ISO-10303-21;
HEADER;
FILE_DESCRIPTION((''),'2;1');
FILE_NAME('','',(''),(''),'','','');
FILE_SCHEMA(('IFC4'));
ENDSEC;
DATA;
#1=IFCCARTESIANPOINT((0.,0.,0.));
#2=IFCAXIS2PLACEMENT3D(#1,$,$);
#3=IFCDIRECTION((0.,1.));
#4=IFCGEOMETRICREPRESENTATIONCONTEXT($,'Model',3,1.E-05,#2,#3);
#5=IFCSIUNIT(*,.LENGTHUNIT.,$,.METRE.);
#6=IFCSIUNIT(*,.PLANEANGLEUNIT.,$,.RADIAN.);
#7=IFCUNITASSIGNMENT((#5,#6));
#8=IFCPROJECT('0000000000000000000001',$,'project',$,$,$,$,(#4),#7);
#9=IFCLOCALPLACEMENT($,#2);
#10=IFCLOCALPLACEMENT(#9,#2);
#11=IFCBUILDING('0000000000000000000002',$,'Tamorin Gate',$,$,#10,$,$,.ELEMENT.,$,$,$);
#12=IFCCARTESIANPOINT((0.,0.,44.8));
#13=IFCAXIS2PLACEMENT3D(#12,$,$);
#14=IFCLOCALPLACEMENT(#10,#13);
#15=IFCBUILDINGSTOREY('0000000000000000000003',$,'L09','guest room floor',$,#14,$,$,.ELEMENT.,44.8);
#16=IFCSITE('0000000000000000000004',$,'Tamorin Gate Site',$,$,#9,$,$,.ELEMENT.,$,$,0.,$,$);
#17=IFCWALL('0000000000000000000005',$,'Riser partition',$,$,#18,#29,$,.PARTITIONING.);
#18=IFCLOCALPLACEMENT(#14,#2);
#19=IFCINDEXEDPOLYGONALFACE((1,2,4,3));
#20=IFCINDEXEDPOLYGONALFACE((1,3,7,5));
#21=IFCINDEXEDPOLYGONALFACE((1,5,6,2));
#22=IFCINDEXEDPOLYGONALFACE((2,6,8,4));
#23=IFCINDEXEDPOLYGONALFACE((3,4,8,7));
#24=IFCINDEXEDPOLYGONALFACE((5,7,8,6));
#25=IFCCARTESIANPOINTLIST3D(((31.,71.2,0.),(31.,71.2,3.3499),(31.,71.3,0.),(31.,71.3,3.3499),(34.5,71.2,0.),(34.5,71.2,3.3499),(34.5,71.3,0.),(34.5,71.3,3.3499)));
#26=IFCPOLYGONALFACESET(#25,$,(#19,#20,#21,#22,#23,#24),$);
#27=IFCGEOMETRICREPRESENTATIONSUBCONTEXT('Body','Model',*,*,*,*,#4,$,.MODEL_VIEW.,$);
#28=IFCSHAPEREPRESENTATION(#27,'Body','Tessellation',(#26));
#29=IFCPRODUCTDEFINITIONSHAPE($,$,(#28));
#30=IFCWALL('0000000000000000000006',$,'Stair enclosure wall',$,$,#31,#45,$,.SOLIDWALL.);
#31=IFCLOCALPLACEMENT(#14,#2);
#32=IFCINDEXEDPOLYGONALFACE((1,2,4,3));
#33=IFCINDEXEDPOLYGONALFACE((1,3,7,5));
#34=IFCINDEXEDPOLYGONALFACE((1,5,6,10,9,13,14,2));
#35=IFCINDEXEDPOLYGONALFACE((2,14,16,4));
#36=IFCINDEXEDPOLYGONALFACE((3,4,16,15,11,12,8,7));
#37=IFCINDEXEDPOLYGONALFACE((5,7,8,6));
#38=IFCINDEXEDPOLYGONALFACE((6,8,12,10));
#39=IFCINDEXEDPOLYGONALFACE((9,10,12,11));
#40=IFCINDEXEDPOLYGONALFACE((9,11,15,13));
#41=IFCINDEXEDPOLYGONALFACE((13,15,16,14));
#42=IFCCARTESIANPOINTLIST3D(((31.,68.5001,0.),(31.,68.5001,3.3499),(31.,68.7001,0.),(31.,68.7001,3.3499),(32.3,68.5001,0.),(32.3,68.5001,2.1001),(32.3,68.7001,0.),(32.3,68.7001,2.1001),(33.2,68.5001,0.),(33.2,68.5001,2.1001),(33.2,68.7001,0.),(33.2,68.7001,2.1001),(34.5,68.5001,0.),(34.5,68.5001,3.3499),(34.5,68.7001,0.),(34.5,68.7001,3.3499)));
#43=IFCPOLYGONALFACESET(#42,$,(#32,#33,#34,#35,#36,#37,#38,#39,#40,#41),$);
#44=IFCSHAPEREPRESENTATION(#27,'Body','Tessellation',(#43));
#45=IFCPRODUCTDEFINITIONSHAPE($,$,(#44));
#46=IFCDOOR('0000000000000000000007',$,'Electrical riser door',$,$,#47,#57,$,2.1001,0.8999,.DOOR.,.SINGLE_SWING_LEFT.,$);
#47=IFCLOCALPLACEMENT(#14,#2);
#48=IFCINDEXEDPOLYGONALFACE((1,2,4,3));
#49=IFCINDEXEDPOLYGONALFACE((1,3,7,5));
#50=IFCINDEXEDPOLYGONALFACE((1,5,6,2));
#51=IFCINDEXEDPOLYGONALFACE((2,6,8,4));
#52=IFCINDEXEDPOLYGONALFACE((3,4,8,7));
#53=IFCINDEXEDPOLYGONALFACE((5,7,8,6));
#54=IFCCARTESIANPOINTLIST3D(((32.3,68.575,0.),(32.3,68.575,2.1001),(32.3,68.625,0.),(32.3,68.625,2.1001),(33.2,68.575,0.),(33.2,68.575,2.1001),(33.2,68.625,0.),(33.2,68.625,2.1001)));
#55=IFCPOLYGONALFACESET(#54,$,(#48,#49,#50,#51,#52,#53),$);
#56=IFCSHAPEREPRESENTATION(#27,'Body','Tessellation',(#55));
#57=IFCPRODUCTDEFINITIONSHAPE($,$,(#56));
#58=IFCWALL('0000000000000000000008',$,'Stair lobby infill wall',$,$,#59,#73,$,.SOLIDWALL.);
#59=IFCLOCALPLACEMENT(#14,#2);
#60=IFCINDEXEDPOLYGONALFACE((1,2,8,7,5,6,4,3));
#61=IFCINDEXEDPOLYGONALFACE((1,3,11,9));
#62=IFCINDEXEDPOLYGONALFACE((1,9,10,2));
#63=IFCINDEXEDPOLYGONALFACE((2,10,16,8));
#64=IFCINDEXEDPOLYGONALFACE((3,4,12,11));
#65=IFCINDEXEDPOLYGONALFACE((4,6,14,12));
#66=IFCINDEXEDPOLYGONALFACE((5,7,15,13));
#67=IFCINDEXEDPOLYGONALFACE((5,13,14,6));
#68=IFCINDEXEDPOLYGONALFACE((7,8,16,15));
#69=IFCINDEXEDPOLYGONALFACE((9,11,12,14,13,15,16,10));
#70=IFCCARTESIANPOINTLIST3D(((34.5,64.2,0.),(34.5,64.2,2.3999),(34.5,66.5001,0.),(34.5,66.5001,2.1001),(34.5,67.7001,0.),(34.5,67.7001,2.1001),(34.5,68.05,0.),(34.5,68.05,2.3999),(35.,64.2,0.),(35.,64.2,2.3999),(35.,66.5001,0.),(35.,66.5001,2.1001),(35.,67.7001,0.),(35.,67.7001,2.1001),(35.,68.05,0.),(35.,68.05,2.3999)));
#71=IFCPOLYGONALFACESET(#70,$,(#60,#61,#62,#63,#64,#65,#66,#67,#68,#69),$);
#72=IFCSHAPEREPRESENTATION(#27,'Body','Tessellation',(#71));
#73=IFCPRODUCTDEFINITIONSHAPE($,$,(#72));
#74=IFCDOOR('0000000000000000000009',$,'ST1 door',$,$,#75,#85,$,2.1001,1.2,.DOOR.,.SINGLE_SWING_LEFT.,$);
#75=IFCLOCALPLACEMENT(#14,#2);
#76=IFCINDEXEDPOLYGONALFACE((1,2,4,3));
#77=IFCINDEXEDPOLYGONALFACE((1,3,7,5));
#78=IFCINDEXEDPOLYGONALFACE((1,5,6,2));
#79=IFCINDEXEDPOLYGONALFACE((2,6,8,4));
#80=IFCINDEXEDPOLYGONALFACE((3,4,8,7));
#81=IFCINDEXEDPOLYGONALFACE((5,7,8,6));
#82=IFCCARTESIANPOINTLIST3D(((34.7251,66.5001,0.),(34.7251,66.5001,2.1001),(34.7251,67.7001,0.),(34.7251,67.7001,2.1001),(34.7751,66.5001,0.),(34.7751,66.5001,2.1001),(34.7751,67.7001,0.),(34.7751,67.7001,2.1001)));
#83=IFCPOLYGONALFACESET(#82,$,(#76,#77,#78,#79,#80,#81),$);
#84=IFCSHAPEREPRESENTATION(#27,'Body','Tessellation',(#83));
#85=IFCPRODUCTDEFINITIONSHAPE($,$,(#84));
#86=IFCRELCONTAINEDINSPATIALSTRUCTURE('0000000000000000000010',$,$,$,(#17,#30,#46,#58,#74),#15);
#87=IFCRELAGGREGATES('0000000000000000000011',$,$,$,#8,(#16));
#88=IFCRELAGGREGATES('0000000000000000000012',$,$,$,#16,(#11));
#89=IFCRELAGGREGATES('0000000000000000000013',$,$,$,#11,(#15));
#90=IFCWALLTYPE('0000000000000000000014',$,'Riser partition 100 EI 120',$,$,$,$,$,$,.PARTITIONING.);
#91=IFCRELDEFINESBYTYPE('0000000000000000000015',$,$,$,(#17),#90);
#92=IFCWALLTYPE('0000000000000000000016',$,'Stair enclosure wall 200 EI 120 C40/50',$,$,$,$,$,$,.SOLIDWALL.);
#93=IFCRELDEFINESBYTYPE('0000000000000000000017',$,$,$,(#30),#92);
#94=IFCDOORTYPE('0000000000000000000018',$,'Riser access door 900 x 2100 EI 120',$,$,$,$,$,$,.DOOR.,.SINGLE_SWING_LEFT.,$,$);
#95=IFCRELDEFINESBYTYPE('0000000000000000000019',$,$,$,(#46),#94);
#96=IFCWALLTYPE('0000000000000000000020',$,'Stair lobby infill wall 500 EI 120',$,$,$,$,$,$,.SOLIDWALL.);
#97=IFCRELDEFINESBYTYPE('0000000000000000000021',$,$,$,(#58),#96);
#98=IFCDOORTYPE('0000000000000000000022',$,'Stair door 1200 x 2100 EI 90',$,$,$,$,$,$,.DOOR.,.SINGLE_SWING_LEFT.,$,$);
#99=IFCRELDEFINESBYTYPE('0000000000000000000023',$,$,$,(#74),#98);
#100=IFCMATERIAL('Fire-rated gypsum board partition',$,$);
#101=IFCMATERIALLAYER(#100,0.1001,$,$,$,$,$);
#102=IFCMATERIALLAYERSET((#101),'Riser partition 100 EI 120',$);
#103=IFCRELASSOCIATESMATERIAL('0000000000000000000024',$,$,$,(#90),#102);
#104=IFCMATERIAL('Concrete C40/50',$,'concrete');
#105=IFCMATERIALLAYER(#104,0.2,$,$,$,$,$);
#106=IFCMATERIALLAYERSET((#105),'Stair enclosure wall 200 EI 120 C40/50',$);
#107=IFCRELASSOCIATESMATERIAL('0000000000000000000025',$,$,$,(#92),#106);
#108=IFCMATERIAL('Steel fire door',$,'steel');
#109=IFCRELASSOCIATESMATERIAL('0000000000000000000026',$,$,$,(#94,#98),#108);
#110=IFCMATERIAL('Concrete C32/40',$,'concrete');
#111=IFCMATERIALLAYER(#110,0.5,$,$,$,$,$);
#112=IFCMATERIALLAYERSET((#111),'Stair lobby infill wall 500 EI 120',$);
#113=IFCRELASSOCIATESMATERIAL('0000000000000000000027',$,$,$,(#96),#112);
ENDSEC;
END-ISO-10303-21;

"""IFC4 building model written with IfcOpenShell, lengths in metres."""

from ifc_helpers import new_model, si_unit, direction, frame, frame_2d, origin, place, context, subcontext, project, spatial, rectangle, extrude, material, layer, layer_set, type_object, element, fill, save


model = new_model("IFC4")

# Units and contexts
model_context = context("Model", 3, precision=1e-05, world=origin(), true_north=direction((0.0, 1.0)))
body_context = subcontext(model_context, "Body", "Model", "MODEL_VIEW")
ifc_project = project(units=[si_unit("LENGTHUNIT", "METRE"), si_unit("PLANEANGLEUNIT", "RADIAN")], contexts=[model_context])

# Site, building, storey
site_placement = place(None, origin())
site = spatial("IfcSite", under=ifc_project, at=site_placement, Name="Tamorin Gate Site", CompositionType="ELEMENT", RefElevation=0.0)
building_placement = place(site_placement, origin())
building = spatial("IfcBuilding", under=site, at=building_placement, Name="Tamorin Gate", CompositionType="ELEMENT")
storey_placement = place(building_placement, frame((0.0, 0.0, 44.8)))
storey = spatial("IfcBuildingStorey", under=building, at=storey_placement, Name="L09", Description="guest room floor", CompositionType="ELEMENT", Elevation=44.8)

# Shared definitions
ifc_material_1 = material(Name="Concrete C32/40", Category="concrete")

# Wall
ifc_material_2 = material(Name="Fire-rated gypsum board partition")
ifc_layer_1 = layer(ifc_material_2, 0.1001)
ifc_layer_set_1 = layer_set([ifc_layer_1], Name="Riser partition 100 EI 120")
wall_type_1 = type_object("IfcWallType", Name="Riser partition 100 EI 120", PredefinedType="PARTITIONING", material=ifc_layer_set_1)
wall_1_placement = place(storey_placement, frame((31.0, 71.25, 0.0), z_axis=(0.0, 0.0, 1.0), x_axis=(1.0, 0.0, 0.0)))
element("IfcWall", 1, at=wall_1_placement, inside=storey, type_object=wall_type_1, Name="Riser partition", PredefinedType="PARTITIONING", context=body_context, shape_type="SweptSolid", body=[
    extrude(rectangle(XDim=3.5, YDim=0.1001, at=frame_2d((1.75, 0.0))), origin(), (0.0, 0.0, 1.0), 3.3499),
])

# Walls, openings, doors
ifc_material_3 = material(Name="Concrete C40/50", Category="concrete")
ifc_layer_2 = layer(ifc_material_3, 0.2)
ifc_layer_set_2 = layer_set([ifc_layer_2], Name="Stair enclosure wall 200 EI 120 C40/50")
wall_type_2 = type_object("IfcWallType", Name="Stair enclosure wall 200 EI 120 C40/50", PredefinedType="SOLIDWALL", material=ifc_layer_set_2)
wall_2_placement = place(storey_placement, frame((31.0, 68.6001, 0.0), z_axis=(0.0, 0.0, 1.0), x_axis=(1.0, 0.0, 0.0)))
wall_2 = element("IfcWall", 2, at=wall_2_placement, inside=storey, type_object=wall_type_2, Name="Stair enclosure wall", PredefinedType="SOLIDWALL", context=body_context, shape_type="SweptSolid", body=[
    extrude(rectangle(XDim=3.5, YDim=0.2, at=frame_2d((1.75, 0.0))), origin(), (0.0, 0.0, 1.0), 3.3499),
])
opening_1_placement = place(wall_2_placement, frame((1.3, 0.0, 0.0)))
opening_1 = element("IfcOpeningElement", 3, at=opening_1_placement, cuts=wall_2, PredefinedType="OPENING", context=body_context, shape_type="SweptSolid", body=[
    extrude(rectangle(XDim=0.8999, YDim=2.1001, at=frame_2d((0.45, 1.05))), frame((0.0, 0.1099, 0.0), z_axis=(0.0, -1.0, 0.0), x_axis=(1.0, 0.0, 0.0)), (0.0, 0.0, 1.0), 0.22),
])
ifc_material_4 = material(Name="Steel fire door", Category="steel")
door_type_1 = type_object("IfcDoorType", Name="Riser access door 900 x 2100 EI 120", OperationType="SINGLE_SWING_LEFT", PredefinedType="DOOR", material=ifc_material_4)
door_1_placement = place(opening_1_placement, origin())
door_1 = element("IfcDoor", 4, at=door_1_placement, inside=storey, type_object=door_type_1, Name="Electrical riser door", OperationType="SINGLE_SWING_LEFT", OverallHeight=2.1001, OverallWidth=0.8999, PredefinedType="DOOR", context=body_context, shape_type="SweptSolid", body=[
    extrude(rectangle(XDim=0.8999, YDim=2.1001, at=frame_2d((0.45, 1.05))), frame((0.0, 0.0249, 0.0), z_axis=(0.0, -1.0, 0.0), x_axis=(1.0, 0.0, 0.0)), (0.0, 0.0, 1.0), 0.05),
])
fill(opening_1, door_1)
ifc_layer_3 = layer(ifc_material_1, 0.5)
ifc_layer_set_3 = layer_set([ifc_layer_3], Name="Stair lobby infill wall 500 EI 120")
wall_type_3 = type_object("IfcWallType", Name="Stair lobby infill wall 500 EI 120", PredefinedType="SOLIDWALL", material=ifc_layer_set_3)
wall_3_placement = place(storey_placement, frame((34.75, 64.2, 0.0), z_axis=(0.0, 0.0, 1.0), x_axis=(0.0, 1.0, 0.0)))
wall_3 = element("IfcWall", 5, at=wall_3_placement, inside=storey, type_object=wall_type_3, Name="Stair lobby infill wall", PredefinedType="SOLIDWALL", context=body_context, shape_type="SweptSolid", body=[
    extrude(rectangle(XDim=3.8501, YDim=0.5, at=frame_2d((1.925, 0.0))), origin(), (0.0, 0.0, 1.0), 2.3999),
])
opening_2_placement = place(wall_3_placement, frame((2.3, 0.0, 0.0)))
opening_2 = element("IfcOpeningElement", 6, at=opening_2_placement, cuts=wall_3, PredefinedType="OPENING", context=body_context, shape_type="SweptSolid", body=[
    extrude(rectangle(XDim=1.2, YDim=2.1001, at=frame_2d((0.6001, 1.05))), frame((0.0, 0.26, 0.0), z_axis=(0.0, -1.0, 0.0), x_axis=(1.0, 0.0, 0.0)), (0.0, 0.0, 1.0), 0.52),
])
door_type_2 = type_object("IfcDoorType", Name="Stair door 1200 x 2100 EI 90", OperationType="SINGLE_SWING_LEFT", PredefinedType="DOOR", material=ifc_material_4)
door_2_placement = place(opening_2_placement, origin())
door_2 = element("IfcDoor", 7, at=door_2_placement, inside=storey, type_object=door_type_2, Name="ST1 door", OperationType="SINGLE_SWING_LEFT", OverallHeight=2.1001, OverallWidth=1.2, PredefinedType="DOOR", context=body_context, shape_type="SweptSolid", body=[
    extrude(rectangle(XDim=1.2, YDim=2.1001, at=frame_2d((0.6001, 1.05))), frame((0.0, 0.0249, 0.0), z_axis=(0.0, -1.0, 0.0), x_axis=(1.0, 0.0, 0.0)), (0.0, 0.0, 1.0), 0.05),
])
fill(opening_2, door_2)

save(model, "model.ifc")
